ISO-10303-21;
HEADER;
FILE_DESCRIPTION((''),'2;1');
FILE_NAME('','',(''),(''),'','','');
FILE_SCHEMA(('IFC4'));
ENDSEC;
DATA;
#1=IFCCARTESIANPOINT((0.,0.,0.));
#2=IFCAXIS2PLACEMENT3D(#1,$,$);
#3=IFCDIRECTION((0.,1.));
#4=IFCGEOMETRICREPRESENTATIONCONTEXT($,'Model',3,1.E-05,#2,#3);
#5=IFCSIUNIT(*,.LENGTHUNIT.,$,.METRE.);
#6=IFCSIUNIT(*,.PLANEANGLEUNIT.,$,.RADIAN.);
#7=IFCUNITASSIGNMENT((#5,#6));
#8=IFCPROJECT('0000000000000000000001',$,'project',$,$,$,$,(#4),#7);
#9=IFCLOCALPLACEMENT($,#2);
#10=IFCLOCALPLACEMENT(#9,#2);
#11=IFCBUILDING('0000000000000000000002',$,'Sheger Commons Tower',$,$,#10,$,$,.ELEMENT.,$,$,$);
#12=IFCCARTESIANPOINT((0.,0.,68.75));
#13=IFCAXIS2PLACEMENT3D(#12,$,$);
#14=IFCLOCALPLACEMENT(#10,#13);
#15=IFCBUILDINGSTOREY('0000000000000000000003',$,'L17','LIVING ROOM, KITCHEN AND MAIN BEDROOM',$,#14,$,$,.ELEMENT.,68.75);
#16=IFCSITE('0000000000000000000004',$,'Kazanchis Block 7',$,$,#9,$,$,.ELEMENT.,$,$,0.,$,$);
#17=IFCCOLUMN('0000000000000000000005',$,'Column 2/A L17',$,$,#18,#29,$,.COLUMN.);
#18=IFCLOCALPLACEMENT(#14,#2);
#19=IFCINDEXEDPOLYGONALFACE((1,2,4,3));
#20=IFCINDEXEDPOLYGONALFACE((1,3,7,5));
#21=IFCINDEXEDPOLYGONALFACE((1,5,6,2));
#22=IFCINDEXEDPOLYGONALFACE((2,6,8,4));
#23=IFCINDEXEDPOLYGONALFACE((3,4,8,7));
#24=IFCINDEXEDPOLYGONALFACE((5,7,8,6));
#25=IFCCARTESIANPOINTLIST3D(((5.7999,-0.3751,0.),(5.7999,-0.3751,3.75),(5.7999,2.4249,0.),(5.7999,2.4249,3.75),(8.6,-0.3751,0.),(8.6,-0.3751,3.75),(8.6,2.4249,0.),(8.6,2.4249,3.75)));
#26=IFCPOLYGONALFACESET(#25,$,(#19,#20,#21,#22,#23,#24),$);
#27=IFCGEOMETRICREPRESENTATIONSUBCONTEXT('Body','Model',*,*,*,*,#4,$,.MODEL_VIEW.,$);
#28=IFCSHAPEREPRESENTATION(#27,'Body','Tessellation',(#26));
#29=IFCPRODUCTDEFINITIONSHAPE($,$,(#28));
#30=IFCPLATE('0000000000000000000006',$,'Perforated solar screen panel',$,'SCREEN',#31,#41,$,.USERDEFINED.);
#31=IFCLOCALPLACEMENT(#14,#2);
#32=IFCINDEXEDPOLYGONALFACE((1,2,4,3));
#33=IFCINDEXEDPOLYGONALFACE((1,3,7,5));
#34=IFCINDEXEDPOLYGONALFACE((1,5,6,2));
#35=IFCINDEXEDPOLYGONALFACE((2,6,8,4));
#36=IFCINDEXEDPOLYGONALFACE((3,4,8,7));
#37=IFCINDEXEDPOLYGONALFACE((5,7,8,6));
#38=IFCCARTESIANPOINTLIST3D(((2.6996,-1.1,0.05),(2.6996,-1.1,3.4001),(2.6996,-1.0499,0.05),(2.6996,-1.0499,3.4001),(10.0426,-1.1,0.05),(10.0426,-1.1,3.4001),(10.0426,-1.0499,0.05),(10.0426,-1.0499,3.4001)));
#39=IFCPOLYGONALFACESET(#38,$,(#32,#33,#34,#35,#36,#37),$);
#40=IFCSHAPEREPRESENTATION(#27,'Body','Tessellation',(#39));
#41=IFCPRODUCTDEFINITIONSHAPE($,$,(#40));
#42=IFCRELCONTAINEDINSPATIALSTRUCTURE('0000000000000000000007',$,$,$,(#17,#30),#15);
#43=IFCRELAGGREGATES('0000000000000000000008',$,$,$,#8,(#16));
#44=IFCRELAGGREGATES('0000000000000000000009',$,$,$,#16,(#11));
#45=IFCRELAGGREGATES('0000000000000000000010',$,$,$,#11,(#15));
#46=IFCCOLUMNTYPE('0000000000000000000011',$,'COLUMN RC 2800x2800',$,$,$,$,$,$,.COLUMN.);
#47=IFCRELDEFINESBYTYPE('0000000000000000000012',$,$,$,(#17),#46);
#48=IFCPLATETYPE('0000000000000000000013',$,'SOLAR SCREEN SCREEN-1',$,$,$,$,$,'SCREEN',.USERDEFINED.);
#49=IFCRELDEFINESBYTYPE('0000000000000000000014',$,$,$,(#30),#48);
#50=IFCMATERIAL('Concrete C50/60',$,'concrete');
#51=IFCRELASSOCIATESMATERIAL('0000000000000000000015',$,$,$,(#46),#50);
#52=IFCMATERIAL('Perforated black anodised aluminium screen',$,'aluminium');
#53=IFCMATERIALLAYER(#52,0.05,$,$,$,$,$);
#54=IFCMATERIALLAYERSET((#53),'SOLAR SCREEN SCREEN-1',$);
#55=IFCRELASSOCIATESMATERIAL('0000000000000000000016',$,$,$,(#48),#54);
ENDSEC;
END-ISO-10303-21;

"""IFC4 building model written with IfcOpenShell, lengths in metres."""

from ifc_helpers import new_model, si_unit, direction, frame, origin, origin_2d, place, context, subcontext, project, spatial, rectangle, extrude, material, layer, layer_set, material_profile, profile_set, type_object, element, save


model = new_model("IFC4")

# Units and contexts
model_context = context("Model", 3, precision=1e-05, world=origin(), true_north=direction((0.0, 1.0)))
body_context = subcontext(model_context, "Body", "Model", "MODEL_VIEW")
ifc_project = project(units=[si_unit("LENGTHUNIT", "METRE"), si_unit("PLANEANGLEUNIT", "RADIAN")], contexts=[model_context])

# Site, building, storey
site_placement = place(None, origin())
site = spatial("IfcSite", under=ifc_project, at=site_placement, Name="Kazanchis Block 7", CompositionType="ELEMENT", RefElevation=0.0)
building_placement = place(site_placement, origin())
building = spatial("IfcBuilding", under=site, at=building_placement, Name="Sheger Commons Tower", CompositionType="ELEMENT")
storey_placement = place(building_placement, frame((0.0, 0.0, 68.75)))
storey = spatial("IfcBuildingStorey", under=building, at=storey_placement, Name="L17", Description="LIVING ROOM, KITCHEN AND MAIN BEDROOM", CompositionType="ELEMENT", Elevation=68.75)

# Column
ifc_material_1 = material(Name="Concrete C50/60", Category="concrete")
ifc_material_profile = material_profile(ifc_material_1, rectangle(XDim=2.8, YDim=2.8, at=origin_2d()), Name="RC 2800x2800")
ifc_profile_set = profile_set([ifc_material_profile], Name="Concrete C50/60")
column_type = type_object("IfcColumnType", Name="COLUMN RC 2800x2800", PredefinedType="COLUMN", material=ifc_profile_set)
column_placement = place(storey_placement, frame((7.2, 1.0249, 0.0), z_axis=(0.0, 0.0, 1.0), x_axis=(1.0, 0.0, 0.0)))
element("IfcColumn", 1, at=column_placement, inside=storey, type_object=column_type, Name="Column 2/A L17", PredefinedType="COLUMN", context=body_context, shape_type="SweptSolid", body=[
    extrude(rectangle(XDim=2.8, YDim=2.8, at=origin_2d()), origin(), (0.0, 0.0, 1.0), 3.75),
])

# Plate
ifc_material_2 = material(Name="Perforated black anodised aluminium screen", Category="aluminium")
ifc_layer_1 = layer(ifc_material_2, 0.05)
ifc_layer_set_1 = layer_set([ifc_layer_1], Name="SOLAR SCREEN SCREEN-1")
plate_type = type_object("IfcPlateType", Name="SOLAR SCREEN SCREEN-1", ElementType="SCREEN", PredefinedType="USERDEFINED", material=ifc_layer_set_1)
plate_placement = place(storey_placement, frame((6.3711, -1.075, 0.05), z_axis=(0.0, 0.0, 1.0), x_axis=(1.0, 0.0, 0.0)))
element("IfcPlate", 2, at=plate_placement, inside=storey, type_object=plate_type, Name="Perforated solar screen panel", ObjectType="SCREEN", PredefinedType="USERDEFINED", context=body_context, shape_type="SweptSolid", body=[
    extrude(rectangle(XDim=7.343, YDim=0.05, at=origin_2d()), origin(), (0.0, 0.0, 1.0), 3.3501),
])

save(model, "model.ifc")
